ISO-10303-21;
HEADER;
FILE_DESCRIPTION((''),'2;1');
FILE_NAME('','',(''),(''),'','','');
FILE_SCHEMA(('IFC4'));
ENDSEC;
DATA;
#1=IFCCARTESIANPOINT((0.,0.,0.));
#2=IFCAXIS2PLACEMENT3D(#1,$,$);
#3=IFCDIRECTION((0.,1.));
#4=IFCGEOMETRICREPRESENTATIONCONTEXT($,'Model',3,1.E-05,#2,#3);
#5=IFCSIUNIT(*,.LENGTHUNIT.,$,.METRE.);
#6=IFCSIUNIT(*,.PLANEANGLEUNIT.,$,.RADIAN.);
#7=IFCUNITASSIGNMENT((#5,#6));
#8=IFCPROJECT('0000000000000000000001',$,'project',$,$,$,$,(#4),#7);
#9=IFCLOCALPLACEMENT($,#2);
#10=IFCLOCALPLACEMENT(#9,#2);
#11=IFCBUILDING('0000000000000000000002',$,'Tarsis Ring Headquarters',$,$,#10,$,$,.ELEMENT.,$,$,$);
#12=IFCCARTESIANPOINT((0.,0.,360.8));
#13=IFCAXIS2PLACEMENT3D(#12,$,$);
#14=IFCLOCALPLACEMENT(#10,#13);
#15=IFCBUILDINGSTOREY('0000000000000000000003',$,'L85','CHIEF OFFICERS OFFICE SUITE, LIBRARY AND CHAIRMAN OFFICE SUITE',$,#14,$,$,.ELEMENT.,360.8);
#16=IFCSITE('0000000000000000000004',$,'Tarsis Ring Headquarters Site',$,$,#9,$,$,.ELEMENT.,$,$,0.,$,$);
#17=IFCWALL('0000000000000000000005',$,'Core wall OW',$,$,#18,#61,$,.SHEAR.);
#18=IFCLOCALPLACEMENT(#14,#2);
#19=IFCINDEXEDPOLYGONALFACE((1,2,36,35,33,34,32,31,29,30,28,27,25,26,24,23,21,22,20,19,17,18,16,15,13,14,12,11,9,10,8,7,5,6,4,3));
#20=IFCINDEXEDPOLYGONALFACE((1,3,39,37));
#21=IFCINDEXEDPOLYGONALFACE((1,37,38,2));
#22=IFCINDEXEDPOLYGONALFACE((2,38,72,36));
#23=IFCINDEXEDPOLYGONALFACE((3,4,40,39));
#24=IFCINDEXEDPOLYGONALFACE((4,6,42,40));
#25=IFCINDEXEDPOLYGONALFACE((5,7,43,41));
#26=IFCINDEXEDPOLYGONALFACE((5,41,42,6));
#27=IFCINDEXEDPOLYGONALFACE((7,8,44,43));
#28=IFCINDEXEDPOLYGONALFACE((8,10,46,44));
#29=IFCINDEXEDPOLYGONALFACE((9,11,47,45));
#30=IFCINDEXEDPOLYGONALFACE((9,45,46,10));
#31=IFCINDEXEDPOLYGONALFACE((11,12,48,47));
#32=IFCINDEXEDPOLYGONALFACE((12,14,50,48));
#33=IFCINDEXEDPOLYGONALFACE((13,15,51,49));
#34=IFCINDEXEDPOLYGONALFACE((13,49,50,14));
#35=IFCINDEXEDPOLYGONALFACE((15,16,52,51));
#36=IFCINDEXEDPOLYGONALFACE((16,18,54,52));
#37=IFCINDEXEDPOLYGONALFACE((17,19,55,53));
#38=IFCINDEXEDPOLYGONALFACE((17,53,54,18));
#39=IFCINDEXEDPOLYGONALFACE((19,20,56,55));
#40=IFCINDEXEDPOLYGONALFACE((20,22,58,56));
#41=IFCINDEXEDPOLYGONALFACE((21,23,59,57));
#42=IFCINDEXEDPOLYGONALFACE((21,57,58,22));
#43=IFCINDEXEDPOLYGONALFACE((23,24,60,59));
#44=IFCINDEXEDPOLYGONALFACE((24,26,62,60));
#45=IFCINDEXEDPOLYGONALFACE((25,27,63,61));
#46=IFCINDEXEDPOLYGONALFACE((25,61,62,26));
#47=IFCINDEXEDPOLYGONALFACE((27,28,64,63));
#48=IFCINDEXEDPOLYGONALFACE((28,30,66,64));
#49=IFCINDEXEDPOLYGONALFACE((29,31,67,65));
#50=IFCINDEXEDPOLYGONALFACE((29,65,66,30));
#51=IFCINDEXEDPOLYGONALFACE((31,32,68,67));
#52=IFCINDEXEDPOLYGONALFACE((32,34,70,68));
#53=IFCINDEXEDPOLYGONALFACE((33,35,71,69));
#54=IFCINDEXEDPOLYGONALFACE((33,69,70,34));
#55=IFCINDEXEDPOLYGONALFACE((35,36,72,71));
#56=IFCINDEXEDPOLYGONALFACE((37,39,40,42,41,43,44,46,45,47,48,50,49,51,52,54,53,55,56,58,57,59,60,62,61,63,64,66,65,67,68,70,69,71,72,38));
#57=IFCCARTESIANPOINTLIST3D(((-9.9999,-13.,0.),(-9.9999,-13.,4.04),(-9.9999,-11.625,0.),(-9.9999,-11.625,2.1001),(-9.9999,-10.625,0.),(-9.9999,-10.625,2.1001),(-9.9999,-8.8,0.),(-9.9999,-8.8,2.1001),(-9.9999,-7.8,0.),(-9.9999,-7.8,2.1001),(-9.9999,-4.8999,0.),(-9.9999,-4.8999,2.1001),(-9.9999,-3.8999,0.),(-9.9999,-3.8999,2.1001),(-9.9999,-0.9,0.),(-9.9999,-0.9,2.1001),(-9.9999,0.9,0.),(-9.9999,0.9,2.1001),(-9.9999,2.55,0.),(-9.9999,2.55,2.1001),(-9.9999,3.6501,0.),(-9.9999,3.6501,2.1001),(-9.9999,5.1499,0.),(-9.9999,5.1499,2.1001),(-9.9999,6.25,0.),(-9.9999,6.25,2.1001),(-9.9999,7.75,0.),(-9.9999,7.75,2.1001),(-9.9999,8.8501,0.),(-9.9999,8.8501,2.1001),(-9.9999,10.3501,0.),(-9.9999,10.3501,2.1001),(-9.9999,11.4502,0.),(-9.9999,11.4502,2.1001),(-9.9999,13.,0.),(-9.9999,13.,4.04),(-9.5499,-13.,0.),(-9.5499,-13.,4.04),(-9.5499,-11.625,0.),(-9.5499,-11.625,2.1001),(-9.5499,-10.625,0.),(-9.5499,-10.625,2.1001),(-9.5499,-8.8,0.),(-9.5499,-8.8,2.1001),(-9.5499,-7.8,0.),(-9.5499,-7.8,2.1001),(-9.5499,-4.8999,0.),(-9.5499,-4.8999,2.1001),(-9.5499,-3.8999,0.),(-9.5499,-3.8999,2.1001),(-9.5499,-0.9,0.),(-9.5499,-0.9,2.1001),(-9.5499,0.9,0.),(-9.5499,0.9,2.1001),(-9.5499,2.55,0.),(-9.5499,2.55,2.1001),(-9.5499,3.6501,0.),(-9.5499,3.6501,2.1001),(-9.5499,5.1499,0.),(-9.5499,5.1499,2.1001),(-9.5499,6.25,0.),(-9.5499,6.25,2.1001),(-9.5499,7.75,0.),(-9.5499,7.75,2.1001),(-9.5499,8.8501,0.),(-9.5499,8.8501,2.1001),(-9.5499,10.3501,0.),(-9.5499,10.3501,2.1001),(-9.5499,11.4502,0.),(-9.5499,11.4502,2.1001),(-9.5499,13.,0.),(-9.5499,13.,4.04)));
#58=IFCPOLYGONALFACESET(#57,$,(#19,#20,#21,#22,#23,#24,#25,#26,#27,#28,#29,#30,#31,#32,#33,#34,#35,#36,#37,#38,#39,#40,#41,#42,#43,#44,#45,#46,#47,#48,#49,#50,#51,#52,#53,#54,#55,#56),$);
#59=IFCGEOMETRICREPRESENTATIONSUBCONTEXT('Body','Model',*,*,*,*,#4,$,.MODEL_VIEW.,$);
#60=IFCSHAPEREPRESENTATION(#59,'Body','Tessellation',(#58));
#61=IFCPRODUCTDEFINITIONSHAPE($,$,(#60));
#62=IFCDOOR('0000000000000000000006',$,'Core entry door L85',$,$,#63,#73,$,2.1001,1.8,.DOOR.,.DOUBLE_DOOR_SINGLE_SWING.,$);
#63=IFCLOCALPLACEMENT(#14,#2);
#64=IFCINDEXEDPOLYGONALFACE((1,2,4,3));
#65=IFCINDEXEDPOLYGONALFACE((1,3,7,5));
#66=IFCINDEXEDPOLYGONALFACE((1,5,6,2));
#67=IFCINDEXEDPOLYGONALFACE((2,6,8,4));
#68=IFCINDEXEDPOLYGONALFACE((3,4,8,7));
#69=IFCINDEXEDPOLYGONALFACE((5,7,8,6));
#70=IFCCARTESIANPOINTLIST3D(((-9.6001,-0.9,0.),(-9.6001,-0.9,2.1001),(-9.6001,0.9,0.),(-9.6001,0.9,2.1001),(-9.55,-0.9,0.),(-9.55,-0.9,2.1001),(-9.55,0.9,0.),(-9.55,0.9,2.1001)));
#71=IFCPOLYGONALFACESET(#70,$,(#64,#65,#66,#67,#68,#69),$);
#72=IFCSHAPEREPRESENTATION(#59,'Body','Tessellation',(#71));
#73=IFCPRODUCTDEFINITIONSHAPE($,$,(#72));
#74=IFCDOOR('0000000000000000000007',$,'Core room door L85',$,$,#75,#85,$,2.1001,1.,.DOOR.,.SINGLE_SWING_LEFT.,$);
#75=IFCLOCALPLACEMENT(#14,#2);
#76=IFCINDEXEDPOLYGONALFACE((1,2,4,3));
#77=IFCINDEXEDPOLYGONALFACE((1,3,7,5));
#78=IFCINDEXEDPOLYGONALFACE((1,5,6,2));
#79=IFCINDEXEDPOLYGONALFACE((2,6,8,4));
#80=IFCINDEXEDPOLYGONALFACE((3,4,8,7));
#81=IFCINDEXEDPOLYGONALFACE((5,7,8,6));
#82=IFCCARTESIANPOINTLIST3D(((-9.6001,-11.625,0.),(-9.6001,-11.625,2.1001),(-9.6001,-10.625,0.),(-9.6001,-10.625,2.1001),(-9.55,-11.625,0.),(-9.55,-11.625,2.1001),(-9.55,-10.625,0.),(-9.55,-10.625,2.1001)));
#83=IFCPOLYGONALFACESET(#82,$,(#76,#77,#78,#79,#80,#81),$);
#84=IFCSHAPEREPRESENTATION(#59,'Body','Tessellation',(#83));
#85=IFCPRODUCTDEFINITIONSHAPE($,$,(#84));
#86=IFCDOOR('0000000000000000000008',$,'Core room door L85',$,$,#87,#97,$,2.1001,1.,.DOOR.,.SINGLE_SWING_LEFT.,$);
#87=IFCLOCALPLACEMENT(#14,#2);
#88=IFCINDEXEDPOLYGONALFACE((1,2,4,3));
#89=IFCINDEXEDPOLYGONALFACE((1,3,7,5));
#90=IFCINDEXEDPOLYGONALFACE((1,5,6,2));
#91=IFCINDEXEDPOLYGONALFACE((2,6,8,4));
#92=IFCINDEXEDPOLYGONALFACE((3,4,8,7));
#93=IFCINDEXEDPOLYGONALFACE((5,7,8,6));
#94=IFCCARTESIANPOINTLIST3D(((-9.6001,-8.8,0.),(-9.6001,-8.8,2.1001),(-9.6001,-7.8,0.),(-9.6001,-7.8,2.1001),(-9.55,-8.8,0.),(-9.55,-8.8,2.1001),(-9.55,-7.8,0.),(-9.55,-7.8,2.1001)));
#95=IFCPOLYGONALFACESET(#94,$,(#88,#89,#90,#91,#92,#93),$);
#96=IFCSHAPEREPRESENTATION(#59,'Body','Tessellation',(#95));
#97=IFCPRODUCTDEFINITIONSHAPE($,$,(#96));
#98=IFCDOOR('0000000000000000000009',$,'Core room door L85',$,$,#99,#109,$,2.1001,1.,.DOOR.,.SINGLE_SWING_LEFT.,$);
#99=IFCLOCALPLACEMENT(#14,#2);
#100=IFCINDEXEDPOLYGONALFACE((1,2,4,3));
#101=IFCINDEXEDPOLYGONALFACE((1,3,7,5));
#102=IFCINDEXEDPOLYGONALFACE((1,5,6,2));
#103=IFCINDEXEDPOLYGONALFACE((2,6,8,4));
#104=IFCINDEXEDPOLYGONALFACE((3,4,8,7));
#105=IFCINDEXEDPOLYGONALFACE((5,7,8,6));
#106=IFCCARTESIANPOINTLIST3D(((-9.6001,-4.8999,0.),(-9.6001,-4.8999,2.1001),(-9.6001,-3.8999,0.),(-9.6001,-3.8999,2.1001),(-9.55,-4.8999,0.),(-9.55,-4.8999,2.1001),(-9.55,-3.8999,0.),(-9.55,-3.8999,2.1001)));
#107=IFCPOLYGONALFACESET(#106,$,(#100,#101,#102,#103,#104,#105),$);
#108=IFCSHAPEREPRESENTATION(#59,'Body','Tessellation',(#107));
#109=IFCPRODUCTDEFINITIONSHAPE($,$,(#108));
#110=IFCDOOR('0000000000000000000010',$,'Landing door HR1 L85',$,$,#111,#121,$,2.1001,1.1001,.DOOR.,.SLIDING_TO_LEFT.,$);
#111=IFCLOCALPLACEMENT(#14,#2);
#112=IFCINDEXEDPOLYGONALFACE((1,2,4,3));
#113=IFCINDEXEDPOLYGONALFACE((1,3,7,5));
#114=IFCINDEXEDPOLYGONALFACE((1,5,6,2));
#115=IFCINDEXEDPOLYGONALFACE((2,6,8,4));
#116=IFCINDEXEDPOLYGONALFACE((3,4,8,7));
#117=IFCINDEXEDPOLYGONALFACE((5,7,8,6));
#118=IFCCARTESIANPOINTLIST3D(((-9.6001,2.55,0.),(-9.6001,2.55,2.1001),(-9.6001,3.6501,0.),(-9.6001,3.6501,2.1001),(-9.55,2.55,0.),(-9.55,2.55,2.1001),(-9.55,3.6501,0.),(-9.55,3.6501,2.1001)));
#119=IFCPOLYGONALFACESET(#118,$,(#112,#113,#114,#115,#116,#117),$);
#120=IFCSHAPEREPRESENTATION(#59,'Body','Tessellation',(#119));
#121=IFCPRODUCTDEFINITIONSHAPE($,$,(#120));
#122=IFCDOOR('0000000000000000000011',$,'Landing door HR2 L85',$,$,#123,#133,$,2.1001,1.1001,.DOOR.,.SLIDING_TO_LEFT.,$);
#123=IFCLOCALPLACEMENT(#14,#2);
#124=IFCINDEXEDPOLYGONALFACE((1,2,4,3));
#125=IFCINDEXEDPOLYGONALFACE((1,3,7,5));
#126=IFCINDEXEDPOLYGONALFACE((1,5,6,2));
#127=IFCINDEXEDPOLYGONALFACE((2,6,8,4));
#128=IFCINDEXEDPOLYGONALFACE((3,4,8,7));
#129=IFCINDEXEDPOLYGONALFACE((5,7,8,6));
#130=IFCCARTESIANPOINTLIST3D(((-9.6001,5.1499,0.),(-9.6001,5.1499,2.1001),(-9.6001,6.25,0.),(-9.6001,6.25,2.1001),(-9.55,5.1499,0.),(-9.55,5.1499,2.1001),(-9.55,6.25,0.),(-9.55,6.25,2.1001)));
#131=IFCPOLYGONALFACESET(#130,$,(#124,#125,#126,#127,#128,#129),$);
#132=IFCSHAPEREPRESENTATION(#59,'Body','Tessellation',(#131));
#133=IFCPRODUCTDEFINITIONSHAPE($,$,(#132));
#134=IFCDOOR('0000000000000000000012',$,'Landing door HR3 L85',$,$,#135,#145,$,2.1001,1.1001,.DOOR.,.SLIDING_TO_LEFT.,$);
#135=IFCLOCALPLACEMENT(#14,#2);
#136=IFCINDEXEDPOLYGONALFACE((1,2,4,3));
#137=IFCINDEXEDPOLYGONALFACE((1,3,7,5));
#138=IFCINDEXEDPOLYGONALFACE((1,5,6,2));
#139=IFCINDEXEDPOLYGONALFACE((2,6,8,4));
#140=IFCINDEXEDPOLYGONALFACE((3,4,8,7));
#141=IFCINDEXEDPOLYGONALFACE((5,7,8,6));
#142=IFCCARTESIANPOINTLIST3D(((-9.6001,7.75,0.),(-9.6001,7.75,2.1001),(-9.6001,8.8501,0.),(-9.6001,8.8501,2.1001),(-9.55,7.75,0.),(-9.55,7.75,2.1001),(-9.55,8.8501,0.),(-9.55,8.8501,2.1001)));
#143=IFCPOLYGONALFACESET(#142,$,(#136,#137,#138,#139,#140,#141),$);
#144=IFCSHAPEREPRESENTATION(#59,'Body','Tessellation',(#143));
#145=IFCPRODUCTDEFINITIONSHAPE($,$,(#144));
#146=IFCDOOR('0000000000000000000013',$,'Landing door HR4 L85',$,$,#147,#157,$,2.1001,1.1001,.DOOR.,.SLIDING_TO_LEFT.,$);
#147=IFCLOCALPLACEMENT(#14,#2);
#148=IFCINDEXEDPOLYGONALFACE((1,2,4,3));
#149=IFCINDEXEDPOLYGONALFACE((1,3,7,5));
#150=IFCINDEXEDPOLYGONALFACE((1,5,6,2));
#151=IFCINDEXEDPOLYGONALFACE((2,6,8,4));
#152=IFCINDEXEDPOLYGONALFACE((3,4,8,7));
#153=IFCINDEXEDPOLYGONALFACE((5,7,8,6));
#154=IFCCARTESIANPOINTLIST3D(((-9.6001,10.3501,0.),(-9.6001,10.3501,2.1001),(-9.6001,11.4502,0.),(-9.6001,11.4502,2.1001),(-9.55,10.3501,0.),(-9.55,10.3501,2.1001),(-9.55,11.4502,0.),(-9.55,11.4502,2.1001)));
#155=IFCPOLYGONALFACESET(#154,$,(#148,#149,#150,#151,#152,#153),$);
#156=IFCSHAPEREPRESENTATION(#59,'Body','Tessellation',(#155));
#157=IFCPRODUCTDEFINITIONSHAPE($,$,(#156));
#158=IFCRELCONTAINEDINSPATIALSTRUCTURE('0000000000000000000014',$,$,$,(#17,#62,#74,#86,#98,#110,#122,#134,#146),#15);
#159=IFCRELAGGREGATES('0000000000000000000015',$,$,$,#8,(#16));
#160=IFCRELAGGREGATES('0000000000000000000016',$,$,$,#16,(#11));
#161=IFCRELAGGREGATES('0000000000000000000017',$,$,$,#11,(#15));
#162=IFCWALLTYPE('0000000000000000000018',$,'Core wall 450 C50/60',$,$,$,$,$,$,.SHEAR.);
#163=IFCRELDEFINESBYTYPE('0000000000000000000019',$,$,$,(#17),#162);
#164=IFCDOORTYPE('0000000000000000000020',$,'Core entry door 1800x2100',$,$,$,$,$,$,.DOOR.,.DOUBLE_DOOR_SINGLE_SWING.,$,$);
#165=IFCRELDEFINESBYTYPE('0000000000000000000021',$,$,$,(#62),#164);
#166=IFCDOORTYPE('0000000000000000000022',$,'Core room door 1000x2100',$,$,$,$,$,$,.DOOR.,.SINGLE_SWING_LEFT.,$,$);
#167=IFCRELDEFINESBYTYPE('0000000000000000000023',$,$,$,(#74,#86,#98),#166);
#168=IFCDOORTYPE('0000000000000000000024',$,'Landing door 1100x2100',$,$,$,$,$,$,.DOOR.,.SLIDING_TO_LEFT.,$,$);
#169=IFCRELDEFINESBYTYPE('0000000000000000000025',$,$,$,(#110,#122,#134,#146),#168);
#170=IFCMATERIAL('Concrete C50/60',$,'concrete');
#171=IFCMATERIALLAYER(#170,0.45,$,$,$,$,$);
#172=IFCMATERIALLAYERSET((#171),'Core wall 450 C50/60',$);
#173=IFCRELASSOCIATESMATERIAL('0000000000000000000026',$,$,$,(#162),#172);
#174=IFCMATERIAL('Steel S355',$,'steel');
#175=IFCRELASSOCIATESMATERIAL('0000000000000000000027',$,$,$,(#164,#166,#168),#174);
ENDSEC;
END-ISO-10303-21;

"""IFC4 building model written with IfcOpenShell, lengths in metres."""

from ifc_helpers import new_model, si_unit, direction, frame, frame_2d, origin, place, context, subcontext, project, spatial, rectangle, extrude, material, layer, layer_set, type_object, element, fill, save


model = new_model("IFC4")

# Units and contexts
model_context = context("Model", 3, precision=1e-05, world=origin(), true_north=direction((0.0, 1.0)))
body_context = subcontext(model_context, "Body", "Model", "MODEL_VIEW")
ifc_project = project(units=[si_unit("LENGTHUNIT", "METRE"), si_unit("PLANEANGLEUNIT", "RADIAN")], contexts=[model_context])

# Site, building, storey
site_placement = place(None, origin())
site = spatial("IfcSite", under=ifc_project, at=site_placement, Name="Tarsis Ring Headquarters Site", CompositionType="ELEMENT", RefElevation=0.0)
building_placement = place(site_placement, origin())
building = spatial("IfcBuilding", under=site, at=building_placement, Name="Tarsis Ring Headquarters", CompositionType="ELEMENT")
storey_placement = place(building_placement, frame((0.0, 0.0, 360.8)))
storey = spatial("IfcBuildingStorey", under=building, at=storey_placement, Name="L85", Description="CHIEF OFFICERS OFFICE SUITE, LIBRARY AND CHAIRMAN OFFICE SUITE", CompositionType="ELEMENT", Elevation=360.8)

# Wall, openings, doors
ifc_material_1 = material(Name="Concrete C50/60", Category="concrete")
ifc_layer_1 = layer(ifc_material_1, 0.45)
ifc_layer_set_1 = layer_set([ifc_layer_1], Name="Core wall 450 C50/60")
wall_type_1 = type_object("IfcWallType", Name="Core wall 450 C50/60", PredefinedType="SHEAR", material=ifc_layer_set_1)
wall_1_placement = place(storey_placement, frame((-9.7749, -13.0, 0.0), z_axis=(0.0, 0.0, 1.0), x_axis=(0.0, 1.0, 0.0)))
wall_1 = element("IfcWall", 1, at=wall_1_placement, inside=storey, type_object=wall_type_1, Name="Core wall OW", PredefinedType="SHEAR", context=body_context, shape_type="SweptSolid", body=[
    extrude(rectangle(XDim=26.0, YDim=0.45, at=frame_2d((13.0, 0.0))), origin(), (0.0, 0.0, 1.0), 4.04),
])
opening_1_placement = place(wall_1_placement, frame((1.375, 0.0, 0.0)))
opening_1 = element("IfcOpeningElement", 2, at=opening_1_placement, cuts=wall_1, PredefinedType="OPENING", context=body_context, shape_type="SweptSolid", body=[
    extrude(rectangle(XDim=1.0, YDim=2.1001, at=frame_2d((0.5, 1.05))), frame((0.0, 0.2349, 0.0), z_axis=(0.0, -1.0, 0.0), x_axis=(1.0, 0.0, 0.0)), (0.0, 0.0, 1.0), 0.47),
])
opening_2_placement = place(wall_1_placement, frame((4.2, 0.0, 0.0)))
opening_2 = element("IfcOpeningElement", 3, at=opening_2_placement, cuts=wall_1, PredefinedType="OPENING", context=body_context, shape_type="SweptSolid", body=[
    extrude(rectangle(XDim=1.0, YDim=2.1001, at=frame_2d((0.5, 1.05))), frame((0.0, 0.2349, 0.0), z_axis=(0.0, -1.0, 0.0), x_axis=(1.0, 0.0, 0.0)), (0.0, 0.0, 1.0), 0.47),
])
opening_3_placement = place(wall_1_placement, frame((8.1001, 0.0, 0.0)))
opening_3 = element("IfcOpeningElement", 4, at=opening_3_placement, cuts=wall_1, PredefinedType="OPENING", context=body_context, shape_type="SweptSolid", body=[
    extrude(rectangle(XDim=1.0, YDim=2.1001, at=frame_2d((0.5, 1.05))), frame((0.0, 0.2349, 0.0), z_axis=(0.0, -1.0, 0.0), x_axis=(1.0, 0.0, 0.0)), (0.0, 0.0, 1.0), 0.47),
])
opening_4_placement = place(wall_1_placement, frame((12.1001, 0.0, 0.0)))
opening_4 = element("IfcOpeningElement", 5, at=opening_4_placement, cuts=wall_1, PredefinedType="OPENING", context=body_context, shape_type="SweptSolid", body=[
    extrude(rectangle(XDim=1.8, YDim=2.1001, at=frame_2d((0.8999, 1.05))), frame((0.0, 0.2349, 0.0), z_axis=(0.0, -1.0, 0.0), x_axis=(1.0, 0.0, 0.0)), (0.0, 0.0, 1.0), 0.47),
])
opening_5_placement = place(wall_1_placement, frame((15.55, 0.0, 0.0)))
opening_5 = element("IfcOpeningElement", 6, at=opening_5_placement, cuts=wall_1, PredefinedType="OPENING", context=body_context, shape_type="SweptSolid", body=[
    extrude(rectangle(XDim=1.1001, YDim=2.1001, at=frame_2d((0.55, 1.05))), frame((0.0, 0.2349, 0.0), z_axis=(0.0, -1.0, 0.0), x_axis=(1.0, 0.0, 0.0)), (0.0, 0.0, 1.0), 0.47),
])
opening_6_placement = place(wall_1_placement, frame((18.1499, 0.0, 0.0)))
opening_6 = element("IfcOpeningElement", 7, at=opening_6_placement, cuts=wall_1, PredefinedType="OPENING", context=body_context, shape_type="SweptSolid", body=[
    extrude(rectangle(XDim=1.1001, YDim=2.1001, at=frame_2d((0.55, 1.05))), frame((0.0, 0.2349, 0.0), z_axis=(0.0, -1.0, 0.0), x_axis=(1.0, 0.0, 0.0)), (0.0, 0.0, 1.0), 0.47),
])
opening_7_placement = place(wall_1_placement, frame((20.75, 0.0, 0.0)))
opening_7 = element("IfcOpeningElement", 8, at=opening_7_placement, cuts=wall_1, PredefinedType="OPENING", context=body_context, shape_type="SweptSolid", body=[
    extrude(rectangle(XDim=1.1001, YDim=2.1001, at=frame_2d((0.55, 1.05))), frame((0.0, 0.2349, 0.0), z_axis=(0.0, -1.0, 0.0), x_axis=(1.0, 0.0, 0.0)), (0.0, 0.0, 1.0), 0.47),
])
opening_8_placement = place(wall_1_placement, frame((23.3501, 0.0, 0.0)))
opening_8 = element("IfcOpeningElement", 9, at=opening_8_placement, cuts=wall_1, PredefinedType="OPENING", context=body_context, shape_type="SweptSolid", body=[
    extrude(rectangle(XDim=1.1001, YDim=2.1001, at=frame_2d((0.55, 1.05))), frame((0.0, 0.2349, 0.0), z_axis=(0.0, -1.0, 0.0), x_axis=(1.0, 0.0, 0.0)), (0.0, 0.0, 1.0), 0.47),
])
ifc_material_2 = material(Name="Steel S355", Category="steel")
door_type_1 = type_object("IfcDoorType", Name="Core entry door 1800x2100", OperationType="DOUBLE_DOOR_SINGLE_SWING", PredefinedType="DOOR", material=ifc_material_2)
door_1_placement = place(opening_4_placement, origin())
door_1 = element("IfcDoor", 10, at=door_1_placement, inside=storey, type_object=door_type_1, Name="Core entry door L85", OperationType="DOUBLE_DOOR_SINGLE_SWING", OverallHeight=2.1001, OverallWidth=1.8, PredefinedType="DOOR", context=body_context, shape_type="SweptSolid", body=[
    extrude(rectangle(XDim=1.8, YDim=2.1001, at=frame_2d((0.8999, 1.05))), frame((0.0, -0.1748, 0.0), z_axis=(0.0, -1.0, 0.0), x_axis=(1.0, 0.0, 0.0)), (0.0, 0.0, 1.0), 0.05),
])
fill(opening_4, door_1)
door_type_2 = type_object("IfcDoorType", Name="Core room door 1000x2100", OperationType="SINGLE_SWING_LEFT", PredefinedType="DOOR", material=ifc_material_2)
door_2_placement = place(opening_1_placement, origin())
door_2 = element("IfcDoor", 11, at=door_2_placement, inside=storey, type_object=door_type_2, Name="Core room door L85", OperationType="SINGLE_SWING_LEFT", OverallHeight=2.1001, OverallWidth=1.0, PredefinedType="DOOR", context=body_context, shape_type="SweptSolid", body=[
    extrude(rectangle(XDim=1.0, YDim=2.1001, at=frame_2d((0.5, 1.05))), frame((0.0, -0.1748, 0.0), z_axis=(0.0, -1.0, 0.0), x_axis=(1.0, 0.0, 0.0)), (0.0, 0.0, 1.0), 0.05),
])
fill(opening_1, door_2)
door_3_placement = place(opening_2_placement, origin())
door_3 = element("IfcDoor", 12, at=door_3_placement, inside=storey, type_object=door_type_2, Name="Core room door L85", OperationType="SINGLE_SWING_LEFT", OverallHeight=2.1001, OverallWidth=1.0, PredefinedType="DOOR", context=body_context, shape_type="SweptSolid", body=[
    extrude(rectangle(XDim=1.0, YDim=2.1001, at=frame_2d((0.5, 1.05))), frame((0.0, -0.1748, 0.0), z_axis=(0.0, -1.0, 0.0), x_axis=(1.0, 0.0, 0.0)), (0.0, 0.0, 1.0), 0.05),
])
fill(opening_2, door_3)
door_4_placement = place(opening_3_placement, origin())
door_4 = element("IfcDoor", 13, at=door_4_placement, inside=storey, type_object=door_type_2, Name="Core room door L85", OperationType="SINGLE_SWING_LEFT", OverallHeight=2.1001, OverallWidth=1.0, PredefinedType="DOOR", context=body_context, shape_type="SweptSolid", body=[
    extrude(rectangle(XDim=1.0, YDim=2.1001, at=frame_2d((0.5, 1.05))), frame((0.0, -0.1748, 0.0), z_axis=(0.0, -1.0, 0.0), x_axis=(1.0, 0.0, 0.0)), (0.0, 0.0, 1.0), 0.05),
])
fill(opening_3, door_4)
door_type_3 = type_object("IfcDoorType", Name="Landing door 1100x2100", OperationType="SLIDING_TO_LEFT", PredefinedType="DOOR", material=ifc_material_2)
door_5_placement = place(opening_5_placement, origin())
door_5 = element("IfcDoor", 14, at=door_5_placement, inside=storey, type_object=door_type_3, Name="Landing door HR1 L85", OperationType="SLIDING_TO_LEFT", OverallHeight=2.1001, OverallWidth=1.1001, PredefinedType="DOOR", context=body_context, shape_type="SweptSolid", body=[
    extrude(rectangle(XDim=1.1001, YDim=2.1001, at=frame_2d((0.55, 1.05))), frame((0.0, -0.1748, 0.0), z_axis=(0.0, -1.0, 0.0), x_axis=(1.0, 0.0, 0.0)), (0.0, 0.0, 1.0), 0.05),
])
fill(opening_5, door_5)
door_6_placement = place(opening_6_placement, origin())
door_6 = element("IfcDoor", 15, at=door_6_placement, inside=storey, type_object=door_type_3, Name="Landing door HR2 L85", OperationType="SLIDING_TO_LEFT", OverallHeight=2.1001, OverallWidth=1.1001, PredefinedType="DOOR", context=body_context, shape_type="SweptSolid", body=[
    extrude(rectangle(XDim=1.1001, YDim=2.1001, at=frame_2d((0.55, 1.05))), frame((0.0, -0.1748, 0.0), z_axis=(0.0, -1.0, 0.0), x_axis=(1.0, 0.0, 0.0)), (0.0, 0.0, 1.0), 0.05),
])
fill(opening_6, door_6)
door_7_placement = place(opening_7_placement, origin())
door_7 = element("IfcDoor", 16, at=door_7_placement, inside=storey, type_object=door_type_3, Name="Landing door HR3 L85", OperationType="SLIDING_TO_LEFT", OverallHeight=2.1001, OverallWidth=1.1001, PredefinedType="DOOR", context=body_context, shape_type="SweptSolid", body=[
    extrude(rectangle(XDim=1.1001, YDim=2.1001, at=frame_2d((0.55, 1.05))), frame((0.0, -0.1748, 0.0), z_axis=(0.0, -1.0, 0.0), x_axis=(1.0, 0.0, 0.0)), (0.0, 0.0, 1.0), 0.05),
])
fill(opening_7, door_7)
door_8_placement = place(opening_8_placement, origin())
door_8 = element("IfcDoor", 17, at=door_8_placement, inside=storey, type_object=door_type_3, Name="Landing door HR4 L85", OperationType="SLIDING_TO_LEFT", OverallHeight=2.1001, OverallWidth=1.1001, PredefinedType="DOOR", context=body_context, shape_type="SweptSolid", body=[
    extrude(rectangle(XDim=1.1001, YDim=2.1001, at=frame_2d((0.55, 1.05))), frame((0.0, -0.1748, 0.0), z_axis=(0.0, -1.0, 0.0), x_axis=(1.0, 0.0, 0.0)), (0.0, 0.0, 1.0), 0.05),
])
fill(opening_8, door_8)

save(model, "model.ifc")
